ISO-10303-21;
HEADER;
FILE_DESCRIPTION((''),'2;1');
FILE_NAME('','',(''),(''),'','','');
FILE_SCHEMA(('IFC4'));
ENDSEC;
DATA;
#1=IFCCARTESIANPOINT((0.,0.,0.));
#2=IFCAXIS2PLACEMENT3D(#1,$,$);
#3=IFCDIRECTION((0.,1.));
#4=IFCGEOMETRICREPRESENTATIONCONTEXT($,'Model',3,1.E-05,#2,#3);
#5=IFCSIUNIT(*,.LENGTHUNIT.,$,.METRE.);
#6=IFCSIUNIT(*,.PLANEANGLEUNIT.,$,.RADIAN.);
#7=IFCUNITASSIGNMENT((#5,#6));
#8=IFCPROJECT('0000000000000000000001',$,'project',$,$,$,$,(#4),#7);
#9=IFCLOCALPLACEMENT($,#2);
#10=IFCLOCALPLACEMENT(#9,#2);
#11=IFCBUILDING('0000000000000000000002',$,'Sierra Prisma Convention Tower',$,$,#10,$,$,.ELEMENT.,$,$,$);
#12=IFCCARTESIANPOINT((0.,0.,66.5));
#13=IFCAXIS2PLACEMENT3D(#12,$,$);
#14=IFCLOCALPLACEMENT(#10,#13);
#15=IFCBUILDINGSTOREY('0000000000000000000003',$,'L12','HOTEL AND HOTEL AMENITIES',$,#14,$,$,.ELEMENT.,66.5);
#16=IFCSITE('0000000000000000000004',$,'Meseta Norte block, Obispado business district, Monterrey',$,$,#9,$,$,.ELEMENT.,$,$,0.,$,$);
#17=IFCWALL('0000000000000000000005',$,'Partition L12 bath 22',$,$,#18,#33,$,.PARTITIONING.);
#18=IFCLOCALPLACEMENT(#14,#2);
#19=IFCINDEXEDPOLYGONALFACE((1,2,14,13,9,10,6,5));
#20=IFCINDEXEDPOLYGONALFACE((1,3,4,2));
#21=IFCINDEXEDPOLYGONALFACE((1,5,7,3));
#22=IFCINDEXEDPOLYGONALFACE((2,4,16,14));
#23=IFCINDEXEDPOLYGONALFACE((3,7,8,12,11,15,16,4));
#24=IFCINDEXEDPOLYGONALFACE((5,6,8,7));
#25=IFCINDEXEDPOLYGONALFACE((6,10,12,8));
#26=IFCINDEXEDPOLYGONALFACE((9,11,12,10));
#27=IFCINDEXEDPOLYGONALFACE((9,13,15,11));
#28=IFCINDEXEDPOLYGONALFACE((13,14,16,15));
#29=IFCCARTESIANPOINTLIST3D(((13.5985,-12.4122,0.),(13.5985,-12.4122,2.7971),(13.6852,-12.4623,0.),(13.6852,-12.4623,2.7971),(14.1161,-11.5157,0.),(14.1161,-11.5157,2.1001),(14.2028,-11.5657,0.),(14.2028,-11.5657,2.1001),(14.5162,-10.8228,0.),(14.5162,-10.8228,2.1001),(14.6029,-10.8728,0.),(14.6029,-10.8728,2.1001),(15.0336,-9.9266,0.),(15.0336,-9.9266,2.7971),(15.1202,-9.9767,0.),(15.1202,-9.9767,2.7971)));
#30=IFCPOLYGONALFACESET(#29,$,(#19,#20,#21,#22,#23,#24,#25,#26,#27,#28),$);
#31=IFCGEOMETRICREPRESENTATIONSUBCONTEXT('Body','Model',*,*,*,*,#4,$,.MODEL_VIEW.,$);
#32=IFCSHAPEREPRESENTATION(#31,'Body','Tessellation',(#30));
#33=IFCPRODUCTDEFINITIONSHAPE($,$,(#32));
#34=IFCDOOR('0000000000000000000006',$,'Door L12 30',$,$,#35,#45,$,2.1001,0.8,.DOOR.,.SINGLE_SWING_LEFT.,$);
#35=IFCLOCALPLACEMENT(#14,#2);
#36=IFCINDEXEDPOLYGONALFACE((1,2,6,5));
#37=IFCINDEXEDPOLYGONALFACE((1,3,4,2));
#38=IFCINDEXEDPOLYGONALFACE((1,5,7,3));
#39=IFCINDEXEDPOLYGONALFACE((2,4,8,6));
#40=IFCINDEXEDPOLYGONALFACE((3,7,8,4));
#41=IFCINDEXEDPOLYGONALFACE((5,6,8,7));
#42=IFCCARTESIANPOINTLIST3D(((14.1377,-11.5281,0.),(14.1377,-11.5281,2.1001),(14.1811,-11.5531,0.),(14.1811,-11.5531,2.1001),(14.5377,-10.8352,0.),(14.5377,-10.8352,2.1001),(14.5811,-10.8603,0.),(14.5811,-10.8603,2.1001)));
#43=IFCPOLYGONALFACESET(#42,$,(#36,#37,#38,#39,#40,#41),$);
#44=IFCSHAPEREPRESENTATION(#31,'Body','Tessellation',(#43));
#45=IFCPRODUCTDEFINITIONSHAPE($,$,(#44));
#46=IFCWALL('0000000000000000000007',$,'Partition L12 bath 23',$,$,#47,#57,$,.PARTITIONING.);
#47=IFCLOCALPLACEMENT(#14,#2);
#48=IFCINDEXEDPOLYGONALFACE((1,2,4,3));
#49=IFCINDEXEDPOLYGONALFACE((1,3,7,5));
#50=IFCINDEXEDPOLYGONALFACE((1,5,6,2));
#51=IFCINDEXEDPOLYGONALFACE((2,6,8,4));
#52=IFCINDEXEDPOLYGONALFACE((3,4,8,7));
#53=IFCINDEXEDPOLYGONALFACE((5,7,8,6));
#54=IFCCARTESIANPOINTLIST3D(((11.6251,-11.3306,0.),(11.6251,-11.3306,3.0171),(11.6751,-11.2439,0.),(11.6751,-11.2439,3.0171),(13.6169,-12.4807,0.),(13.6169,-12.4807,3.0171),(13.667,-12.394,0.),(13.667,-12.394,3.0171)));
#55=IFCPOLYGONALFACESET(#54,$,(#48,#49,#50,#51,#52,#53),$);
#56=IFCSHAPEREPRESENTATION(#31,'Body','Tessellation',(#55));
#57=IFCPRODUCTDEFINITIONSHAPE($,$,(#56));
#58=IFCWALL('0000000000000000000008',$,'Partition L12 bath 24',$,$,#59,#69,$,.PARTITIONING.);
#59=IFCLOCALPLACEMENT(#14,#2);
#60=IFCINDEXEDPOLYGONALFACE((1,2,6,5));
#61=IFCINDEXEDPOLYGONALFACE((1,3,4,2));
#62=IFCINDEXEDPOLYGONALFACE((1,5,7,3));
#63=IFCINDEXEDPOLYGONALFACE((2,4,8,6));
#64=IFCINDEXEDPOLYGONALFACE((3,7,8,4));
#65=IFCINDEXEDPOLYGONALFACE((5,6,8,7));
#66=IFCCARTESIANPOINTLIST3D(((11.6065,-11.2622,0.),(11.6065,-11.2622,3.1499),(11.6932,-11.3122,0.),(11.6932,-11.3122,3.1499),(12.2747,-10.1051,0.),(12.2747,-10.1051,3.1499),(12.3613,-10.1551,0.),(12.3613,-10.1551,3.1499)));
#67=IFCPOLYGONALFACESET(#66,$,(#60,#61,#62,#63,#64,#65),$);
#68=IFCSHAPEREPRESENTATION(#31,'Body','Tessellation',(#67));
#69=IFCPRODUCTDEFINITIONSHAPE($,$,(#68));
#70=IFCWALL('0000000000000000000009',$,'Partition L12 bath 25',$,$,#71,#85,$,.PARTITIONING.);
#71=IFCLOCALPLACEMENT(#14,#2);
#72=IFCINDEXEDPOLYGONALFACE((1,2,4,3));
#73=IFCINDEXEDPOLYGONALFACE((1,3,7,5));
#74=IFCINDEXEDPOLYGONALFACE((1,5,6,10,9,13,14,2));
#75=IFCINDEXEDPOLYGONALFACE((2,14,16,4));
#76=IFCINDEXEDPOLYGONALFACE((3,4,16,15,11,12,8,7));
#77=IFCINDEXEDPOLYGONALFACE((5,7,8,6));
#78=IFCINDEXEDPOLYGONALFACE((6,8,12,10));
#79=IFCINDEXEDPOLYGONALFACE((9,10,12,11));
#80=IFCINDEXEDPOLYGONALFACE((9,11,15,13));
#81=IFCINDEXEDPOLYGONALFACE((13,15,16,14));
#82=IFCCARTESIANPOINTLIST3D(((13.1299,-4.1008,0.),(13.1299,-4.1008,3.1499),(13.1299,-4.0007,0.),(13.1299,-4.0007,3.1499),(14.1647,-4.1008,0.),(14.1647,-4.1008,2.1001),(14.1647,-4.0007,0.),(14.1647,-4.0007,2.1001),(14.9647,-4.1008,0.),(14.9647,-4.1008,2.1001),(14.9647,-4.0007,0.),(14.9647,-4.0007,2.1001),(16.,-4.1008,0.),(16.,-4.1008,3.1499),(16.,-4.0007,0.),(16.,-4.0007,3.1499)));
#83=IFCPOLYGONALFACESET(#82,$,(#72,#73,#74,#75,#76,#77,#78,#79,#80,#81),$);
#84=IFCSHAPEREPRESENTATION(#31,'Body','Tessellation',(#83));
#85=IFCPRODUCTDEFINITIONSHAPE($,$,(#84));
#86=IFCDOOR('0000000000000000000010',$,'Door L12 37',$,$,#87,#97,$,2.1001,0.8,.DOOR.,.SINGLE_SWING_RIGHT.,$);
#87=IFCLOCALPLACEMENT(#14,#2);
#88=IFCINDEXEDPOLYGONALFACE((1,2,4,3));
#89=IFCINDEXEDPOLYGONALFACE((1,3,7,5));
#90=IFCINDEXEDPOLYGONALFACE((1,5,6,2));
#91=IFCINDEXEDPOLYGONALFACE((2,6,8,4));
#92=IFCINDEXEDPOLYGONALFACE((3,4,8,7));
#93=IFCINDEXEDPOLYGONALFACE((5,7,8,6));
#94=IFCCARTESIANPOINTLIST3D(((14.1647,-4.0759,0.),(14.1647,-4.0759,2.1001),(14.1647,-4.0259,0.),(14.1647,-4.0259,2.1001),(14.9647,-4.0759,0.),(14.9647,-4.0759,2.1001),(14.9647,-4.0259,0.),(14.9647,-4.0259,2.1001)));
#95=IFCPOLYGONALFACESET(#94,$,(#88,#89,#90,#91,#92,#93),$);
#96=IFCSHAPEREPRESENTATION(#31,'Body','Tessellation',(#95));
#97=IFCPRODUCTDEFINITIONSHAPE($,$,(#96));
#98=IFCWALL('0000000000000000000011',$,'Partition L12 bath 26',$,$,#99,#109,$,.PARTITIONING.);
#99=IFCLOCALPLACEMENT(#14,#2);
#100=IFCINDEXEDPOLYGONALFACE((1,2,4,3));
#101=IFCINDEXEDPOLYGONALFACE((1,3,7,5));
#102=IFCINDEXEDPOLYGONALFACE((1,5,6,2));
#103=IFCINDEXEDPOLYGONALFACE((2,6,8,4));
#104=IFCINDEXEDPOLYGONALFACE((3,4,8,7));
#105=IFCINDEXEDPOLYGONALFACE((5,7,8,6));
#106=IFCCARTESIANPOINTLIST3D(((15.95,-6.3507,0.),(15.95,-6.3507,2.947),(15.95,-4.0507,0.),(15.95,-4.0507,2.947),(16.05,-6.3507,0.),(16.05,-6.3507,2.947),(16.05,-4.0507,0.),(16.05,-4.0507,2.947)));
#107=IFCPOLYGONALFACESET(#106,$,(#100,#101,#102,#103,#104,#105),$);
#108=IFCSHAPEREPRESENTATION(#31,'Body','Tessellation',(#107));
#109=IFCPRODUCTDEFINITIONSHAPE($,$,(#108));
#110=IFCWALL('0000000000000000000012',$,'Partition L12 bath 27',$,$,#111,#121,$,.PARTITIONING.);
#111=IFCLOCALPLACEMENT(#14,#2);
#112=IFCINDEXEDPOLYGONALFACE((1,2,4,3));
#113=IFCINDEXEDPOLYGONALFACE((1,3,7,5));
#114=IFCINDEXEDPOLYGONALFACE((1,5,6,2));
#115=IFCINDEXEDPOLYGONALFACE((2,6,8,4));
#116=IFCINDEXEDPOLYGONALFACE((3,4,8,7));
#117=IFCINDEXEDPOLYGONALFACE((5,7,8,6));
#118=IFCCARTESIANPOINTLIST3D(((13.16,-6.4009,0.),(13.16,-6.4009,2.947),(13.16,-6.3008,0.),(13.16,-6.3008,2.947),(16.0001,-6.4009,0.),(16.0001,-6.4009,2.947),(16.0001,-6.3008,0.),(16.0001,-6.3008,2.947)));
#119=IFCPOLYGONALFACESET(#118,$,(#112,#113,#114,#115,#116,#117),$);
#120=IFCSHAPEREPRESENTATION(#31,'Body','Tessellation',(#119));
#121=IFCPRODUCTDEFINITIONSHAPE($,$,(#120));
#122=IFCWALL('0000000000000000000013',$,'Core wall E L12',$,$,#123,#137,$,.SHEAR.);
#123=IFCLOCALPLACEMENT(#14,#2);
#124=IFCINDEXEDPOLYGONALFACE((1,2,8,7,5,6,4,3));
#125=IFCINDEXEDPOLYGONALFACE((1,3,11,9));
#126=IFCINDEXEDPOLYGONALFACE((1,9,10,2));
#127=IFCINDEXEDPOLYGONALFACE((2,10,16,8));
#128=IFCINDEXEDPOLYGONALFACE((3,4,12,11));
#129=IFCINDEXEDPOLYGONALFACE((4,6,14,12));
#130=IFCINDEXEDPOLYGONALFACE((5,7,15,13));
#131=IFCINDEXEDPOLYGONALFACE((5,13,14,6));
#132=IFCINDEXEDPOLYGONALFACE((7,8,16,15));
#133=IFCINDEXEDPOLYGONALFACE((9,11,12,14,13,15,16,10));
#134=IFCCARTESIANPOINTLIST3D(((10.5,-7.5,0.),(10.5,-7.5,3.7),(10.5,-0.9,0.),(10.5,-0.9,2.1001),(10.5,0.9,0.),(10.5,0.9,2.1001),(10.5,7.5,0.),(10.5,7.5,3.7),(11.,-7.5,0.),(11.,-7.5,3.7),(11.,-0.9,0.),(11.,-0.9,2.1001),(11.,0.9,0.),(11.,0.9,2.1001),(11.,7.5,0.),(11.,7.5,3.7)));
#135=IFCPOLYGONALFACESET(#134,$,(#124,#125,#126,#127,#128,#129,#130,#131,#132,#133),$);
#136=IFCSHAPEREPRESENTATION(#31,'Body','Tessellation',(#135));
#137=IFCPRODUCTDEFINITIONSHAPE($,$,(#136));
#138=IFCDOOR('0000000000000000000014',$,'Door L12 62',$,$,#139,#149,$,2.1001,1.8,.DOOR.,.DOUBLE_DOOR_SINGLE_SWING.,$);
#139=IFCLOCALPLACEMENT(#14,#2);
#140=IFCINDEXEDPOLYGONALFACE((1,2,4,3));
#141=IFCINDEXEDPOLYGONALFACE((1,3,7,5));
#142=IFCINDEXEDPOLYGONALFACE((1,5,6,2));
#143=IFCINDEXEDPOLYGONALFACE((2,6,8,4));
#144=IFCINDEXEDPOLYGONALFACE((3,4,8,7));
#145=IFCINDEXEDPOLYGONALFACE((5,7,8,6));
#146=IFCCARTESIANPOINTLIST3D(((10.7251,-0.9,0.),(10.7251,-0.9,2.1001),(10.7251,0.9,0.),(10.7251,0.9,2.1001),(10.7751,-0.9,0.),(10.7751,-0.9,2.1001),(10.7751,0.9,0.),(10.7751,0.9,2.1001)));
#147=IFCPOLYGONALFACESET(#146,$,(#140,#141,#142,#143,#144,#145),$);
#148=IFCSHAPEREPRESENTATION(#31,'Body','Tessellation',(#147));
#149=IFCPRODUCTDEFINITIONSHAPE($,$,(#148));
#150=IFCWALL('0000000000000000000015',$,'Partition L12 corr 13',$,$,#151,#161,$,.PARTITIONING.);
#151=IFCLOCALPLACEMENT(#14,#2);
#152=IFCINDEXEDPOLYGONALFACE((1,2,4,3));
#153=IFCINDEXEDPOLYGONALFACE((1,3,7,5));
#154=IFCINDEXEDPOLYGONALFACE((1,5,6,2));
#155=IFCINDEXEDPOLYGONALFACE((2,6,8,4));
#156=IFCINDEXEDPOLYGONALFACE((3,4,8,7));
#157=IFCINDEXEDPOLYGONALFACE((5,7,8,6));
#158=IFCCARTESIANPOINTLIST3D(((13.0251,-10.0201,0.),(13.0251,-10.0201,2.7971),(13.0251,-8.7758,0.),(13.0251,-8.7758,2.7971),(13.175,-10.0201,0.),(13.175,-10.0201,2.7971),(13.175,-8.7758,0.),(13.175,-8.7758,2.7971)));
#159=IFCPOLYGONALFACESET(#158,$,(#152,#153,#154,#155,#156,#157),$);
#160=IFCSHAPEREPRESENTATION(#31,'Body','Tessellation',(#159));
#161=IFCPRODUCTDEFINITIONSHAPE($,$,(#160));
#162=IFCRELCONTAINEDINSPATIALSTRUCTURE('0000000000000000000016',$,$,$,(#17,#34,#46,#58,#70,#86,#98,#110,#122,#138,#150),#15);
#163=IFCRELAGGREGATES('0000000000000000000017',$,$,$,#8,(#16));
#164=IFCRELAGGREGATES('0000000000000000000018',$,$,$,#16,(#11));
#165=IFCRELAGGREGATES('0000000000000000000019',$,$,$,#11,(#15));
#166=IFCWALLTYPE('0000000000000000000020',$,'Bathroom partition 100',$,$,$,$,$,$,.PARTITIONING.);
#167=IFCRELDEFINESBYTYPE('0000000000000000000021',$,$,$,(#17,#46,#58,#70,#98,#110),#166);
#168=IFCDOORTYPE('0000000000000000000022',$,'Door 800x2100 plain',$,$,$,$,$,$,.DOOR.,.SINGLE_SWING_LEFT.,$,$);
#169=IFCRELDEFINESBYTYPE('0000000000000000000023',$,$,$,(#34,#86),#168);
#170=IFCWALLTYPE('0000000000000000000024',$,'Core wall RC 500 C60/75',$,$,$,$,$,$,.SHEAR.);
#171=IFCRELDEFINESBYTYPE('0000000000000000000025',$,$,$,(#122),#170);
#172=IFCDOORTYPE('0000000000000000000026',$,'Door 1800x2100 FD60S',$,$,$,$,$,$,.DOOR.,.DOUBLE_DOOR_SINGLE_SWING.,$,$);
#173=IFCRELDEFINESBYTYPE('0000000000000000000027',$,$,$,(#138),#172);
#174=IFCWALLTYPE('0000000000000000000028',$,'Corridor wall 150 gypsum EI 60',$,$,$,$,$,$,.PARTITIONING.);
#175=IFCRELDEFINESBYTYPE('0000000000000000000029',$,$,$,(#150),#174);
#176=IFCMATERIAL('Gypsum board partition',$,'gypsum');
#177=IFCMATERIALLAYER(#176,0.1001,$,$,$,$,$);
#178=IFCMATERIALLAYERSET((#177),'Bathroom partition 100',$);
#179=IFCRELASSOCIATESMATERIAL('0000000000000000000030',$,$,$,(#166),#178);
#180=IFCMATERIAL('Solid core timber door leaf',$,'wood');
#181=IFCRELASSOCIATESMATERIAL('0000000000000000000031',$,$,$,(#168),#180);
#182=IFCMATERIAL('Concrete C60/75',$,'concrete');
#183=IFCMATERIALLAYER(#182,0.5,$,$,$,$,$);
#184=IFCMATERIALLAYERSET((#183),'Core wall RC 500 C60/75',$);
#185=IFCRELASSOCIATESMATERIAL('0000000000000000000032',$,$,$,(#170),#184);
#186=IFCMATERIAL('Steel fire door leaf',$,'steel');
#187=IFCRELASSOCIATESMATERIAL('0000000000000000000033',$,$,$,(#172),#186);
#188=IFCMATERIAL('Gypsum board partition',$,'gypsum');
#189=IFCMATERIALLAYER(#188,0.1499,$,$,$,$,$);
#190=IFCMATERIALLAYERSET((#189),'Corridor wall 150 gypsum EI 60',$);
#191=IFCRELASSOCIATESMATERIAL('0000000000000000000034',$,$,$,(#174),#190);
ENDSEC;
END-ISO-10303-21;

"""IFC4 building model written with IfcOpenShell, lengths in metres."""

from ifc_helpers import new_model, si_unit, direction, frame, frame_2d, origin, place, context, subcontext, project, spatial, rectangle, extrude, material, layer, layer_set, type_object, element, fill, save


model = new_model("IFC4")

# Units and contexts
model_context = context("Model", 3, precision=1e-05, world=origin(), true_north=direction((0.0, 1.0)))
body_context = subcontext(model_context, "Body", "Model", "MODEL_VIEW")
ifc_project = project(units=[si_unit("LENGTHUNIT", "METRE"), si_unit("PLANEANGLEUNIT", "RADIAN")], contexts=[model_context])

# Site, building, storey
site_placement = place(None, origin())
site = spatial("IfcSite", under=ifc_project, at=site_placement, Name="Meseta Norte block, Obispado business district, Monterrey", CompositionType="ELEMENT", RefElevation=0.0)
building_placement = place(site_placement, origin())
building = spatial("IfcBuilding", under=site, at=building_placement, Name="Sierra Prisma Convention Tower", CompositionType="ELEMENT")
storey_placement = place(building_placement, frame((0.0, 0.0, 66.5)))
storey = spatial("IfcBuildingStorey", under=building, at=storey_placement, Name="L12", Description="HOTEL AND HOTEL AMENITIES", CompositionType="ELEMENT", Elevation=66.5)

# Wall, opening, door
ifc_material_1 = material(Name="Gypsum board partition", Category="gypsum")
ifc_layer_1 = layer(ifc_material_1, 0.1001)
ifc_layer_set_1 = layer_set([ifc_layer_1], Name="Bathroom partition 100")
wall_type_1 = type_object("IfcWallType", Name="Bathroom partition 100", PredefinedType="PARTITIONING", material=ifc_layer_set_1)
wall_1_placement = place(storey_placement, frame((15.0769, -9.9517, 0.0), z_axis=(0.0, 0.0, 1.0), x_axis=(-0.5, -0.866026, 0.0)))
wall_1 = element("IfcWall", 1, at=wall_1_placement, inside=storey, type_object=wall_type_1, Name="Partition L12 bath 22", PredefinedType="PARTITIONING", context=body_context, shape_type="SweptSolid", body=[
    extrude(rectangle(XDim=2.8701, YDim=0.1001, at=frame_2d((1.4351, 0.0))), origin(), (0.0, 0.0, 1.0), 2.7971),
])
opening_1_placement = place(wall_1_placement, frame((1.0349, 0.0, 0.0)))
opening_1 = element("IfcOpeningElement", 2, at=opening_1_placement, cuts=wall_1, PredefinedType="OPENING", context=body_context, shape_type="SweptSolid", body=[
    extrude(rectangle(XDim=0.8, YDim=2.1001, at=frame_2d((0.3999, 1.05))), frame((0.0, 0.05, 0.0), z_axis=(0.0, -1.0, 0.0), x_axis=(1.0, 0.0, 0.0)), (0.0, 0.0, 1.0), 0.1001),
])
ifc_material_2 = material(Name="Solid core timber door leaf", Category="wood")
door_type_1 = type_object("IfcDoorType", Name="Door 800x2100 plain", OperationType="SINGLE_SWING_LEFT", PredefinedType="DOOR", material=ifc_material_2)
door_1_placement = place(opening_1_placement, origin())
door_1 = element("IfcDoor", 3, at=door_1_placement, inside=storey, type_object=door_type_1, Name="Door L12 30", OperationType="SINGLE_SWING_LEFT", OverallHeight=2.1001, OverallWidth=0.8, PredefinedType="DOOR", context=body_context, shape_type="SweptSolid", body=[
    extrude(rectangle(XDim=0.8, YDim=2.1001, at=frame_2d((0.3999, 1.05))), frame((0.0, 0.0249, 0.0), z_axis=(0.0, -1.0, 0.0), x_axis=(1.0, 0.0, 0.0)), (0.0, 0.0, 1.0), 0.05),
])
fill(opening_1, door_1)

# Walls
wall_2_placement = place(storey_placement, frame((13.6418, -12.4373, 0.0), z_axis=(0.0, 0.0, 1.0), x_axis=(-0.866007, 0.500032, 0.0)))
element("IfcWall", 4, at=wall_2_placement, inside=storey, type_object=wall_type_1, Name="Partition L12 bath 23", PredefinedType="PARTITIONING", context=body_context, shape_type="SweptSolid", body=[
    extrude(rectangle(XDim=2.3, YDim=0.1001, at=frame_2d((1.1499, 0.0))), origin(), (0.0, 0.0, 1.0), 3.0171),
])
wall_3_placement = place(storey_placement, frame((11.6499, -11.2871, 0.0), z_axis=(0.0, 0.0, 1.0), x_axis=(0.500049, 0.865997, 0.0)))
element("IfcWall", 5, at=wall_3_placement, inside=storey, type_object=wall_type_1, Name="Partition L12 bath 24", PredefinedType="PARTITIONING", context=body_context, shape_type="SweptSolid", body=[
    extrude(rectangle(XDim=1.3362, YDim=0.1001, at=frame_2d((0.668, 0.0))), origin(), (0.0, 0.0, 1.0), 3.1499),
])

# Wall, opening, door
wall_4_placement = place(storey_placement, frame((13.1299, -4.0508, 0.0), z_axis=(0.0, 0.0, 1.0), x_axis=(1.0, 0.0, 0.0)))
wall_4 = element("IfcWall", 6, at=wall_4_placement, inside=storey, type_object=wall_type_1, Name="Partition L12 bath 25", PredefinedType="PARTITIONING", context=body_context, shape_type="SweptSolid", body=[
    extrude(rectangle(XDim=2.8701, YDim=0.1001, at=frame_2d((1.4351, 0.0))), origin(), (0.0, 0.0, 1.0), 3.1499),
])
opening_2_placement = place(wall_4_placement, frame((1.0349, 0.0, 0.0)))
opening_2 = element("IfcOpeningElement", 7, at=opening_2_placement, cuts=wall_4, PredefinedType="OPENING", context=body_context, shape_type="SweptSolid", body=[
    extrude(rectangle(XDim=0.8, YDim=2.1001, at=frame_2d((0.3999, 1.05))), frame((0.0, 0.05, 0.0), z_axis=(0.0, -1.0, 0.0), x_axis=(1.0, 0.0, 0.0)), (0.0, 0.0, 1.0), 0.1001),
])
door_2_placement = place(opening_2_placement, origin())
door_2 = element("IfcDoor", 8, at=door_2_placement, inside=storey, type_object=door_type_1, Name="Door L12 37", OperationType="SINGLE_SWING_RIGHT", OverallHeight=2.1001, OverallWidth=0.8, PredefinedType="DOOR", context=body_context, shape_type="SweptSolid", body=[
    extrude(rectangle(XDim=0.8, YDim=2.1001, at=frame_2d((0.3999, 1.05))), frame((0.0, 0.0249, 0.0), z_axis=(0.0, -1.0, 0.0), x_axis=(1.0, 0.0, 0.0)), (0.0, 0.0, 1.0), 0.05),
])
fill(opening_2, door_2)

# Walls
wall_5_placement = place(storey_placement, frame((16.0, -4.0508, 0.0), z_axis=(0.0, 0.0, 1.0), x_axis=(0.0, -1.0, 0.0)))
element("IfcWall", 9, at=wall_5_placement, inside=storey, type_object=wall_type_1, Name="Partition L12 bath 26", PredefinedType="PARTITIONING", context=body_context, shape_type="SweptSolid", body=[
    extrude(rectangle(XDim=2.3, YDim=0.1001, at=frame_2d((1.1499, 0.0))), origin(), (0.0, 0.0, 1.0), 2.947),
])
wall_6_placement = place(storey_placement, frame((16.0, -6.3508, 0.0), z_axis=(0.0, 0.0, 1.0), x_axis=(-1.0, 0.0, 0.0)))
element("IfcWall", 10, at=wall_6_placement, inside=storey, type_object=wall_type_1, Name="Partition L12 bath 27", PredefinedType="PARTITIONING", context=body_context, shape_type="SweptSolid", body=[
    extrude(rectangle(XDim=2.8401, YDim=0.1001, at=frame_2d((1.4199, 0.0))), origin(), (0.0, 0.0, 1.0), 2.947),
])

# Wall, opening, door
ifc_material_3 = material(Name="Concrete C60/75", Category="concrete")
ifc_layer_2 = layer(ifc_material_3, 0.5)
ifc_layer_set_2 = layer_set([ifc_layer_2], Name="Core wall RC 500 C60/75")
wall_type_2 = type_object("IfcWallType", Name="Core wall RC 500 C60/75", PredefinedType="SHEAR", material=ifc_layer_set_2)
wall_7_placement = place(storey_placement, frame((10.75, -7.5, 0.0), z_axis=(0.0, 0.0, 1.0), x_axis=(0.0, 1.0, 0.0)))
wall_7 = element("IfcWall", 11, at=wall_7_placement, inside=storey, type_object=wall_type_2, Name="Core wall E L12", PredefinedType="SHEAR", context=body_context, shape_type="SweptSolid", body=[
    extrude(rectangle(XDim=15.0, YDim=0.5, at=frame_2d((7.5, 0.0))), origin(), (0.0, 0.0, 1.0), 3.7),
])
opening_3_placement = place(wall_7_placement, frame((6.6001, 0.0, 0.0)))
opening_3 = element("IfcOpeningElement", 12, at=opening_3_placement, cuts=wall_7, PredefinedType="OPENING", context=body_context, shape_type="SweptSolid", body=[
    extrude(rectangle(XDim=1.8, YDim=2.1001, at=frame_2d((0.8999, 1.05))), frame((0.0, 0.25, 0.0), z_axis=(0.0, -1.0, 0.0), x_axis=(1.0, 0.0, 0.0)), (0.0, 0.0, 1.0), 0.5),
])
ifc_material_4 = material(Name="Steel fire door leaf", Category="steel")
door_type_2 = type_object("IfcDoorType", Name="Door 1800x2100 FD60S", OperationType="DOUBLE_DOOR_SINGLE_SWING", PredefinedType="DOOR", material=ifc_material_4)
door_3_placement = place(opening_3_placement, origin())
door_3 = element("IfcDoor", 13, at=door_3_placement, inside=storey, type_object=door_type_2, Name="Door L12 62", OperationType="DOUBLE_DOOR_SINGLE_SWING", OverallHeight=2.1001, OverallWidth=1.8, PredefinedType="DOOR", context=body_context, shape_type="SweptSolid", body=[
    extrude(rectangle(XDim=1.8, YDim=2.1001, at=frame_2d((0.8999, 1.05))), frame((0.0, 0.0249, 0.0), z_axis=(0.0, -1.0, 0.0), x_axis=(1.0, 0.0, 0.0)), (0.0, 0.0, 1.0), 0.05),
])
fill(opening_3, door_3)

# Wall
ifc_material_5 = material(Name="Gypsum board partition", Category="gypsum")
ifc_layer_3 = layer(ifc_material_5, 0.1499)
ifc_layer_set_3 = layer_set([ifc_layer_3], Name="Corridor wall 150 gypsum EI 60")
wall_type_3 = type_object("IfcWallType", Name="Corridor wall 150 gypsum EI 60", PredefinedType="PARTITIONING", material=ifc_layer_set_3)
wall_8_placement = place(storey_placement, frame((13.1001, -10.02, 0.0), z_axis=(0.0, 0.0, 1.0), x_axis=(0.0, 1.0, 0.0)))
element("IfcWall", 14, at=wall_8_placement, inside=storey, type_object=wall_type_3, Name="Partition L12 corr 13", PredefinedType="PARTITIONING", context=body_context, shape_type="SweptSolid", body=[
    extrude(rectangle(XDim=1.2444, YDim=0.1499, at=frame_2d((0.6221, 0.0))), origin(), (0.0, 0.0, 1.0), 2.7971),
])

save(model, "model.ifc")
